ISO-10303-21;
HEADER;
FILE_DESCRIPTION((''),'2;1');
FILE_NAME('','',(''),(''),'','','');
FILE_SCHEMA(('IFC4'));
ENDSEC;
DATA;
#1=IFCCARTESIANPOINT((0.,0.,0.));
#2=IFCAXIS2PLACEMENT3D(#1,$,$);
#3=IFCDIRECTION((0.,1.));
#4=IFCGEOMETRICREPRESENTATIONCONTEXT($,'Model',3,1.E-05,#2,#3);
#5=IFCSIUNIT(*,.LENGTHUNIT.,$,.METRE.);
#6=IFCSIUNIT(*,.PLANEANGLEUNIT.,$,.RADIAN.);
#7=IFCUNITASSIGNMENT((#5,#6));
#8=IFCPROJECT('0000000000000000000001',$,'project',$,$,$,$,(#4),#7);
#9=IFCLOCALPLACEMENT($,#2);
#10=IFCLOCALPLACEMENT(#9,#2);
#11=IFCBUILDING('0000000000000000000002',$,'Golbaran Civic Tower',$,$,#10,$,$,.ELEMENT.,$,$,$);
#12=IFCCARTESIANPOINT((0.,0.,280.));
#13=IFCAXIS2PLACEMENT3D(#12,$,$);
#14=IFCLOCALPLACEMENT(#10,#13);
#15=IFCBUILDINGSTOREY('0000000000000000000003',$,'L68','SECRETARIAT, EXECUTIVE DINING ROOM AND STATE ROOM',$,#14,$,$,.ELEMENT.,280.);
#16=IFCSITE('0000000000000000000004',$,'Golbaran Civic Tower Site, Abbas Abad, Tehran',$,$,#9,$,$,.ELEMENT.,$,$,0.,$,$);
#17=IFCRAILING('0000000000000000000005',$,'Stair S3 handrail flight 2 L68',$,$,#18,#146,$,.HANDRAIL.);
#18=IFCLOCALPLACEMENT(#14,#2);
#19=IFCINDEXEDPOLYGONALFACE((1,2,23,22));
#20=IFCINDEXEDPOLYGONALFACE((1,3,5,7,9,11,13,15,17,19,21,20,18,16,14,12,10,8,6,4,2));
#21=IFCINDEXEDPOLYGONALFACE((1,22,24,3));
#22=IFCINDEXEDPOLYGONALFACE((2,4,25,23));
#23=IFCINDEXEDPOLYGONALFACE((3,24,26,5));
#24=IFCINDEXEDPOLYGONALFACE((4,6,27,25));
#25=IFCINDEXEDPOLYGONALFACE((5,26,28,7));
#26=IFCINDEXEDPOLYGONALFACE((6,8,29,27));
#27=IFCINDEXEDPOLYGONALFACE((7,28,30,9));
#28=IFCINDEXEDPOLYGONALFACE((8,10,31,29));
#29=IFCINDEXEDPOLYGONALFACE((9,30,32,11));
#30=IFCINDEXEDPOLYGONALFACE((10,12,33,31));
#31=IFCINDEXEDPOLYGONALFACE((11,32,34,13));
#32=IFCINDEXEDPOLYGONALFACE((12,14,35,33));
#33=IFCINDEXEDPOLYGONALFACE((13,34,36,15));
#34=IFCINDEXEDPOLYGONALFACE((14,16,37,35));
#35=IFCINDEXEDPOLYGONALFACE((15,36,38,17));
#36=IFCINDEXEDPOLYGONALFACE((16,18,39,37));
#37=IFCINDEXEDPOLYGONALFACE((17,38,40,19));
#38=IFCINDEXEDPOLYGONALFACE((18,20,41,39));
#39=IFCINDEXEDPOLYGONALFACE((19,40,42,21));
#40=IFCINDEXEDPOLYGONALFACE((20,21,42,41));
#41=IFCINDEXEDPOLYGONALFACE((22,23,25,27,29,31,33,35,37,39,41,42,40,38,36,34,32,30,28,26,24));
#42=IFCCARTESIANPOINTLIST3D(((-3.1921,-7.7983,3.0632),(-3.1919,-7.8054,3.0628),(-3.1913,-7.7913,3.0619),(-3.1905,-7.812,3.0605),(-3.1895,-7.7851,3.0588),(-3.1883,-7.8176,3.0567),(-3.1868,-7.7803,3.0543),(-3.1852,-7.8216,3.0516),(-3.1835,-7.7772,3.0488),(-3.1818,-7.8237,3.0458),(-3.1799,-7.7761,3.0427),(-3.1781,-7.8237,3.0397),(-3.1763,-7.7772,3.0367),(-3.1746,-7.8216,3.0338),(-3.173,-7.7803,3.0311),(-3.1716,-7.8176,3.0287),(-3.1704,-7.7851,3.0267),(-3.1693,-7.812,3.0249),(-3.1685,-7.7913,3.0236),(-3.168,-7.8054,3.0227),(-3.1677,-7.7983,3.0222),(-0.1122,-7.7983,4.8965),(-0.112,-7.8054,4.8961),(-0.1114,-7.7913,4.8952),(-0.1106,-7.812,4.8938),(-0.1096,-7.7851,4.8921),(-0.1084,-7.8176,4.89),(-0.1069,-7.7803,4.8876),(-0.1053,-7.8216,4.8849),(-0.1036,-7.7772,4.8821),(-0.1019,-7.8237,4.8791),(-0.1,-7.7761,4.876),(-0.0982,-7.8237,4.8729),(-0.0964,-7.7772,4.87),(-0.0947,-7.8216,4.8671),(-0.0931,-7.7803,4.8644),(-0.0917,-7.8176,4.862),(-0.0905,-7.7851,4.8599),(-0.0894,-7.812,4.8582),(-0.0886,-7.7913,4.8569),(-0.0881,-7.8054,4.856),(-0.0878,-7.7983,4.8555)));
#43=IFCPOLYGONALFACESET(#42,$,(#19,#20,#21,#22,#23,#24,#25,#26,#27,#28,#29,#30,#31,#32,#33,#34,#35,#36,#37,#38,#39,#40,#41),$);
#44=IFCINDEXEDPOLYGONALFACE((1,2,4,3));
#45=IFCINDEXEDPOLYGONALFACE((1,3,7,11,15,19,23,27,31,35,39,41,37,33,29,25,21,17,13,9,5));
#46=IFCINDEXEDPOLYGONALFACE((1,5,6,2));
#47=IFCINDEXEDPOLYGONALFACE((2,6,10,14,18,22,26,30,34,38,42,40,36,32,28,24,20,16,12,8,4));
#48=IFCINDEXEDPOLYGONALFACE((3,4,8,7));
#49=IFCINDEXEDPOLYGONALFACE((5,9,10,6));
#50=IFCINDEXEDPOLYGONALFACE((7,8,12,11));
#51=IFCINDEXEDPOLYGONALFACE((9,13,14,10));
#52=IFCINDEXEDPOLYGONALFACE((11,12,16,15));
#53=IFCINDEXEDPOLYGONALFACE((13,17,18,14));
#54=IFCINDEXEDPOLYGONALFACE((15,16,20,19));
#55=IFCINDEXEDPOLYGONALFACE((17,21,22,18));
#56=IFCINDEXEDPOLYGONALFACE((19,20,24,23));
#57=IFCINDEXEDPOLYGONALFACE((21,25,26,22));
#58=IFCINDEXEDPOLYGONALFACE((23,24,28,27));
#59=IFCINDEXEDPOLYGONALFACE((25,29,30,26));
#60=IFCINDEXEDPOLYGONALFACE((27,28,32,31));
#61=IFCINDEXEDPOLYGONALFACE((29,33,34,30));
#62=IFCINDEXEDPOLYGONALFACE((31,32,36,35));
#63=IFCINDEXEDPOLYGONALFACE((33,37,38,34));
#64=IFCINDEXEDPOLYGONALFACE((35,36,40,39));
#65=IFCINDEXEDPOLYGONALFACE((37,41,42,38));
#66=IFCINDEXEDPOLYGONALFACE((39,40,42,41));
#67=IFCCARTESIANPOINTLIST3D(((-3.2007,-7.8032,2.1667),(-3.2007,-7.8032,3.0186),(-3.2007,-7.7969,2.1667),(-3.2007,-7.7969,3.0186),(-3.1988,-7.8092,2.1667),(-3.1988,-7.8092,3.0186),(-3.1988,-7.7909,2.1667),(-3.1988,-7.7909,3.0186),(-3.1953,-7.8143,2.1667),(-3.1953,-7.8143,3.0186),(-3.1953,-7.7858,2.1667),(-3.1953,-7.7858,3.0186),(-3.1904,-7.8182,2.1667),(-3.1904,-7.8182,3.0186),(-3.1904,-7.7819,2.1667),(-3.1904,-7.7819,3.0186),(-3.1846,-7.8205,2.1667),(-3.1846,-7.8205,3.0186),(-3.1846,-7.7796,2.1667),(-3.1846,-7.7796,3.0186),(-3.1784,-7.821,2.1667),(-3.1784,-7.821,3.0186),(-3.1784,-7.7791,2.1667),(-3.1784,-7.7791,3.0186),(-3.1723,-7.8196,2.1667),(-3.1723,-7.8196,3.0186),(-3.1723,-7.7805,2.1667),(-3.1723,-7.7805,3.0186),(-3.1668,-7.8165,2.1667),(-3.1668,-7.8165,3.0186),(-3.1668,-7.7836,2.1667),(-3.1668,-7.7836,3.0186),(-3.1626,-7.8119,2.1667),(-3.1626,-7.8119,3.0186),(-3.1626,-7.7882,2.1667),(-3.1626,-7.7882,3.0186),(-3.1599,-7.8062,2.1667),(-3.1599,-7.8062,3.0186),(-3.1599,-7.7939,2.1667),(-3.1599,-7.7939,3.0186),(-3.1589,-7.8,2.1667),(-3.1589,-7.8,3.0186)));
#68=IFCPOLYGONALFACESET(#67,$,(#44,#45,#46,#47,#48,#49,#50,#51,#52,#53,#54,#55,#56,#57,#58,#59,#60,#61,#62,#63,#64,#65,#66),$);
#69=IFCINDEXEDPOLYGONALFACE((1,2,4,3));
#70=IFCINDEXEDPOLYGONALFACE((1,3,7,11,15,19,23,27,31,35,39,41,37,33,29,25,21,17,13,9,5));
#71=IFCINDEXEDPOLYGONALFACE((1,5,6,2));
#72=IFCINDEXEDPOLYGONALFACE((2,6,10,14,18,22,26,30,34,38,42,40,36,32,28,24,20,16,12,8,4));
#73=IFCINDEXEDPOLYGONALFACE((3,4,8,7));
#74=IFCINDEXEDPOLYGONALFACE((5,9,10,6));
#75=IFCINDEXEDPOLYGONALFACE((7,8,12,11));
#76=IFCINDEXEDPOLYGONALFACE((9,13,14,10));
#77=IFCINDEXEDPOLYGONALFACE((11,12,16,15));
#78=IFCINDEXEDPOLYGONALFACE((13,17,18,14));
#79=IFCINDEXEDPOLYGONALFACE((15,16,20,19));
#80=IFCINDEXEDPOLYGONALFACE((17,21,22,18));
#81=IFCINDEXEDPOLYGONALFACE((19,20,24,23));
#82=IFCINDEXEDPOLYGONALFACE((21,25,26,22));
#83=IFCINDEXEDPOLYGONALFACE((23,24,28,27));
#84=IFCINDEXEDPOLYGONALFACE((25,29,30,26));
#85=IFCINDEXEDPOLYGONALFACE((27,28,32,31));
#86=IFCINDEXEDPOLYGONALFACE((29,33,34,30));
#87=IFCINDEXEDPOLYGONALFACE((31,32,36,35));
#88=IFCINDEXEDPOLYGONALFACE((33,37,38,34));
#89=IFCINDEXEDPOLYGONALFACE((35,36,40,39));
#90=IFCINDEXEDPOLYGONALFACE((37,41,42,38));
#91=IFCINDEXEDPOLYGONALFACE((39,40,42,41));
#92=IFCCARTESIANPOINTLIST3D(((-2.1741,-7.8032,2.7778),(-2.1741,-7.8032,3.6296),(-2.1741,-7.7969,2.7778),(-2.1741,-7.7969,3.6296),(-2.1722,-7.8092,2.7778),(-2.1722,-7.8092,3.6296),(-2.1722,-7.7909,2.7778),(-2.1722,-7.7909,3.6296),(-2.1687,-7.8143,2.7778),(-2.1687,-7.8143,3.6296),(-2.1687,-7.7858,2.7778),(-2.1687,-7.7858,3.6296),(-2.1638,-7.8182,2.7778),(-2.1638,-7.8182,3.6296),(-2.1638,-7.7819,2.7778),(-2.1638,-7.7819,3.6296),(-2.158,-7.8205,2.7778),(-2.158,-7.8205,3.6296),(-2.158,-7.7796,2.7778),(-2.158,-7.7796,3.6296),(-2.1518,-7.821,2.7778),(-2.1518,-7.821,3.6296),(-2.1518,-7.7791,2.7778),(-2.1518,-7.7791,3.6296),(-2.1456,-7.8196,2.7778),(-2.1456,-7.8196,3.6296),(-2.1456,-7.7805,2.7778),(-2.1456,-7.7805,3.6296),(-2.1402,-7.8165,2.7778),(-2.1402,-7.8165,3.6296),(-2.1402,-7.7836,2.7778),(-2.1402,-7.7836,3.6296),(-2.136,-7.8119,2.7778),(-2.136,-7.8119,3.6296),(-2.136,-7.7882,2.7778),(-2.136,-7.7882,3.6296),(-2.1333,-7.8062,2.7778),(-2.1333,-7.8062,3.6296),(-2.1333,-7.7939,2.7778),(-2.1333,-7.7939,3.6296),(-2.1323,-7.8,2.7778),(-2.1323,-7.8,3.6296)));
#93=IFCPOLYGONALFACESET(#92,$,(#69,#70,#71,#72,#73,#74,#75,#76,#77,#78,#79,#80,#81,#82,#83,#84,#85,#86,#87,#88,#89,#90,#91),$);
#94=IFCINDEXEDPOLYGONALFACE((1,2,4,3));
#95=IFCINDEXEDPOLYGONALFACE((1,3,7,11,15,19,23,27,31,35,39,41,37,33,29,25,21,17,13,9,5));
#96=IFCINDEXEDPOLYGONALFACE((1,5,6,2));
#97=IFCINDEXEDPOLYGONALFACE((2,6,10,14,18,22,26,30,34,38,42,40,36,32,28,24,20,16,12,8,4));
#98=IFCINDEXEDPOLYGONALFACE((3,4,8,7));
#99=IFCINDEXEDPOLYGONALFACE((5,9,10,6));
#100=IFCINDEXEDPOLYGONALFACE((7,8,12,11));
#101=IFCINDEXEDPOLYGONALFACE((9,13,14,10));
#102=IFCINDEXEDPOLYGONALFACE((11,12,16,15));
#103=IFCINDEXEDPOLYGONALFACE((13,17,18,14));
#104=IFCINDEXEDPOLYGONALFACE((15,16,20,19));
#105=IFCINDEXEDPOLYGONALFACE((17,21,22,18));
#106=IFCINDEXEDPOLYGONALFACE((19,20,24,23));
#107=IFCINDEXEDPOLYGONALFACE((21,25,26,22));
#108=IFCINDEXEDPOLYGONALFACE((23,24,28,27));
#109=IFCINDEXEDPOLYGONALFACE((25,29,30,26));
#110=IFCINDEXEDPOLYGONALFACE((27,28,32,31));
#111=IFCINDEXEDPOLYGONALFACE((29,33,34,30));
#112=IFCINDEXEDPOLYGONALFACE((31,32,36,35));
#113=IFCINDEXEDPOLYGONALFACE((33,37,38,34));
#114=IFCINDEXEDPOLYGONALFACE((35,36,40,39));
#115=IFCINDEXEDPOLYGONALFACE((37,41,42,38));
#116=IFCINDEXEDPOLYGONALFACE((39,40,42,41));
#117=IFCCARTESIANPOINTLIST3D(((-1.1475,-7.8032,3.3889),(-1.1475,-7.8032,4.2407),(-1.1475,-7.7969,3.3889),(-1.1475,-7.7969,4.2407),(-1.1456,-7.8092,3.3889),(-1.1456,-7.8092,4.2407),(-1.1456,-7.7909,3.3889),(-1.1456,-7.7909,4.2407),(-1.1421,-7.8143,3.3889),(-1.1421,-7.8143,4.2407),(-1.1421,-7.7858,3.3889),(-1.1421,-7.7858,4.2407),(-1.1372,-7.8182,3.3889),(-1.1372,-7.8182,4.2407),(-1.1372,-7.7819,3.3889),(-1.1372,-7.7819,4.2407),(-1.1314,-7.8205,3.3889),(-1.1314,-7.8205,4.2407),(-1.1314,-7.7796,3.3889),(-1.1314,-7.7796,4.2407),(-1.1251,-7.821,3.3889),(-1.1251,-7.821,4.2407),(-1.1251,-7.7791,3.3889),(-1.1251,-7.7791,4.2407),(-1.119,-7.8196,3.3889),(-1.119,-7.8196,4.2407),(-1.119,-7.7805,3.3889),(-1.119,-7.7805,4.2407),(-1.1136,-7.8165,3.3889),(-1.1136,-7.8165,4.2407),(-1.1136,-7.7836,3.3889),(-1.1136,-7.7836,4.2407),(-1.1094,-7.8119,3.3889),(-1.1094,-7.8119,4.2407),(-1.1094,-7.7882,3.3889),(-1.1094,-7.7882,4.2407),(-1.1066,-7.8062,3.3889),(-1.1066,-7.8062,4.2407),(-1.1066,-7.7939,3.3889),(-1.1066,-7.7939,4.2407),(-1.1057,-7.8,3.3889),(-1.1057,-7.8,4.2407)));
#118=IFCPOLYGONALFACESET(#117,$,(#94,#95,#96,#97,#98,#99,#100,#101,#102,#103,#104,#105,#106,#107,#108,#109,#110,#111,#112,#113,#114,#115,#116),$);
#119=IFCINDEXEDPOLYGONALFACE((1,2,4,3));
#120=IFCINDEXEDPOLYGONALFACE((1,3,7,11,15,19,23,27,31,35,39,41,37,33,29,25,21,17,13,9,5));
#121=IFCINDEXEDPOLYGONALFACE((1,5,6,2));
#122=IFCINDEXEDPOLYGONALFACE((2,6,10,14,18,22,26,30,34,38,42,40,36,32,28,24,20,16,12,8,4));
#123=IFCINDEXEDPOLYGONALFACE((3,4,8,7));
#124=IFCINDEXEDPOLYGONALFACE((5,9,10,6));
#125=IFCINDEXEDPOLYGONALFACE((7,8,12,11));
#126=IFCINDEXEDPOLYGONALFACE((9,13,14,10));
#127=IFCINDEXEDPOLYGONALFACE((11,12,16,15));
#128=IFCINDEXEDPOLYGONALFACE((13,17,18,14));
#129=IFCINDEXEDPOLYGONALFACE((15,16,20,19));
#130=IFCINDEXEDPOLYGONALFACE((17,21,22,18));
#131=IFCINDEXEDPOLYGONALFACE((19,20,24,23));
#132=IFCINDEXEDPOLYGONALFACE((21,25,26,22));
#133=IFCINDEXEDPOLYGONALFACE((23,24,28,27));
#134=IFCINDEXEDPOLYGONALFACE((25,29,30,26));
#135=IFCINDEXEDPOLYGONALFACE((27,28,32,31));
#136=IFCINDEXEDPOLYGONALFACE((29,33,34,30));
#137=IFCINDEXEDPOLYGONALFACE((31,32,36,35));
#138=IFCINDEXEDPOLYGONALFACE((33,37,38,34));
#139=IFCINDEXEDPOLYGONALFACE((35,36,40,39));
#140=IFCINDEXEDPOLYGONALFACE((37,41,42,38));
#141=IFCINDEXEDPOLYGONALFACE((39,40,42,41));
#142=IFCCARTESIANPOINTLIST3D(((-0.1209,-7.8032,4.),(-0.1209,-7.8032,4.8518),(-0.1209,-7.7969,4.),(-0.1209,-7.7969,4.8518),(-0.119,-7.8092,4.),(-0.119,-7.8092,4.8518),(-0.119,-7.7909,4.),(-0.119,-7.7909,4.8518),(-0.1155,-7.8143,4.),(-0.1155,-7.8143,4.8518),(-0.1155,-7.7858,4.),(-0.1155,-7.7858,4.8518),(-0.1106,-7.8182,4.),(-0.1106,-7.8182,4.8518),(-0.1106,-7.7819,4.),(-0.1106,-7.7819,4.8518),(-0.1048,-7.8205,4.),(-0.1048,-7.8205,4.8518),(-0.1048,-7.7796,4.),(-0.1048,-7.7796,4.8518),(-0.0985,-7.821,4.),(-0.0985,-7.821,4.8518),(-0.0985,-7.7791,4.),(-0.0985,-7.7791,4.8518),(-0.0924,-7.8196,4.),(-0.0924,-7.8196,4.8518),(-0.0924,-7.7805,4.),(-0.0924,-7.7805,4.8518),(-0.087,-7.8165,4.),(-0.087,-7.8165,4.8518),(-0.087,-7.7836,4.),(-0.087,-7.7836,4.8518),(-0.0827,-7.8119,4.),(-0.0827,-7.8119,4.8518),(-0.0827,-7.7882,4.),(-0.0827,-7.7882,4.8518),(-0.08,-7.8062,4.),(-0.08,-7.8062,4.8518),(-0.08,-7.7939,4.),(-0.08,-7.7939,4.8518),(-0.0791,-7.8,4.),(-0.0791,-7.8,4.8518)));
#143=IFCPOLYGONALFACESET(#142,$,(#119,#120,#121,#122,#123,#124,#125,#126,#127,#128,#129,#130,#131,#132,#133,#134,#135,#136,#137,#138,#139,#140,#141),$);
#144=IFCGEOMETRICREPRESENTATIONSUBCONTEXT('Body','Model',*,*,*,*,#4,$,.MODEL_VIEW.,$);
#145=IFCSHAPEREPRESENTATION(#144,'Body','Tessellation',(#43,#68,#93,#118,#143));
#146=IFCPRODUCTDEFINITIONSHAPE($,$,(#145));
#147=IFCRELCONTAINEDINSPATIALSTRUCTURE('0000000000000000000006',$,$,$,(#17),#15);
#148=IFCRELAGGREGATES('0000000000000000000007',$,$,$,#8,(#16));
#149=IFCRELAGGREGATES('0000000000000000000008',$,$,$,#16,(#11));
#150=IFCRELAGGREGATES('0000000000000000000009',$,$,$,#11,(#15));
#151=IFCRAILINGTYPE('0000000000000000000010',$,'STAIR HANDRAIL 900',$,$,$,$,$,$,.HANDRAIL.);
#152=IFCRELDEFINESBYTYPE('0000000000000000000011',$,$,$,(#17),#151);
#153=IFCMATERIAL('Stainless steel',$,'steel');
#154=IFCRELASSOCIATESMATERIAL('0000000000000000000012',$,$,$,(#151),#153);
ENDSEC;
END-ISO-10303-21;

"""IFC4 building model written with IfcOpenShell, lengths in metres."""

from ifc_helpers import new_model, si_unit, direction, frame, origin, origin_2d, place, context, subcontext, project, spatial, circle, extrude, material, type_object, element, save


model = new_model("IFC4")

# Units and contexts
model_context = context("Model", 3, precision=1e-05, world=origin(), true_north=direction((0.0, 1.0)))
body_context = subcontext(model_context, "Body", "Model", "MODEL_VIEW")
ifc_project = project(units=[si_unit("LENGTHUNIT", "METRE"), si_unit("PLANEANGLEUNIT", "RADIAN")], contexts=[model_context])

# Site, building, storey
site_placement = place(None, origin())
site = spatial("IfcSite", under=ifc_project, at=site_placement, Name="Golbaran Civic Tower Site, Abbas Abad, Tehran", CompositionType="ELEMENT", RefElevation=0.0)
building_placement = place(site_placement, origin())
building = spatial("IfcBuilding", under=site, at=building_placement, Name="Golbaran Civic Tower", CompositionType="ELEMENT")
storey_placement = place(building_placement, frame((0.0, 0.0, 280.0)))
storey = spatial("IfcBuildingStorey", under=building, at=storey_placement, Name="L68", Description="SECRETARIAT, EXECUTIVE DINING ROOM AND STATE ROOM", CompositionType="ELEMENT", Elevation=280.0)

# Shared definitions
ifc_material_1 = material(Name="Stainless steel", Category="steel")

# Railing
railing_type = type_object("IfcRailingType", Name="STAIR HANDRAIL 900", PredefinedType="HANDRAIL", material=ifc_material_1)
railing_1_placement = place(storey_placement, frame((-3.1799, -7.8, 2.1667)))
element("IfcRailing", 1, at=railing_1_placement, inside=storey, type_object=railing_type, Name="Stair S3 handrail flight 2 L68", PredefinedType="HANDRAIL", context=body_context, shape_type="SweptSolid", body=[
    extrude(circle(Radius=0.0239, at=origin_2d()), frame((0.0, 0.0, 0.876), z_axis=(0.859291, 0.0, 0.511487), x_axis=(0.0, 1.0, 0.0)), (0.0, 0.0, 1.0), 3.5842),
    extrude(circle(Radius=0.021, at=origin_2d()), origin(), (0.0, 0.0, 1.0), 0.8518),
    extrude(circle(Radius=0.021, at=origin_2d()), frame((1.0266, 0.0, 0.6111)), (0.0, 0.0, 1.0), 0.8518),
    extrude(circle(Radius=0.021, at=origin_2d()), frame((2.0532, 0.0, 1.2222)), (0.0, 0.0, 1.0), 0.8518),
    extrude(circle(Radius=0.021, at=origin_2d()), frame((3.0798, 0.0, 1.8333)), (0.0, 0.0, 1.0), 0.8518),
])

save(model, "model.ifc")
